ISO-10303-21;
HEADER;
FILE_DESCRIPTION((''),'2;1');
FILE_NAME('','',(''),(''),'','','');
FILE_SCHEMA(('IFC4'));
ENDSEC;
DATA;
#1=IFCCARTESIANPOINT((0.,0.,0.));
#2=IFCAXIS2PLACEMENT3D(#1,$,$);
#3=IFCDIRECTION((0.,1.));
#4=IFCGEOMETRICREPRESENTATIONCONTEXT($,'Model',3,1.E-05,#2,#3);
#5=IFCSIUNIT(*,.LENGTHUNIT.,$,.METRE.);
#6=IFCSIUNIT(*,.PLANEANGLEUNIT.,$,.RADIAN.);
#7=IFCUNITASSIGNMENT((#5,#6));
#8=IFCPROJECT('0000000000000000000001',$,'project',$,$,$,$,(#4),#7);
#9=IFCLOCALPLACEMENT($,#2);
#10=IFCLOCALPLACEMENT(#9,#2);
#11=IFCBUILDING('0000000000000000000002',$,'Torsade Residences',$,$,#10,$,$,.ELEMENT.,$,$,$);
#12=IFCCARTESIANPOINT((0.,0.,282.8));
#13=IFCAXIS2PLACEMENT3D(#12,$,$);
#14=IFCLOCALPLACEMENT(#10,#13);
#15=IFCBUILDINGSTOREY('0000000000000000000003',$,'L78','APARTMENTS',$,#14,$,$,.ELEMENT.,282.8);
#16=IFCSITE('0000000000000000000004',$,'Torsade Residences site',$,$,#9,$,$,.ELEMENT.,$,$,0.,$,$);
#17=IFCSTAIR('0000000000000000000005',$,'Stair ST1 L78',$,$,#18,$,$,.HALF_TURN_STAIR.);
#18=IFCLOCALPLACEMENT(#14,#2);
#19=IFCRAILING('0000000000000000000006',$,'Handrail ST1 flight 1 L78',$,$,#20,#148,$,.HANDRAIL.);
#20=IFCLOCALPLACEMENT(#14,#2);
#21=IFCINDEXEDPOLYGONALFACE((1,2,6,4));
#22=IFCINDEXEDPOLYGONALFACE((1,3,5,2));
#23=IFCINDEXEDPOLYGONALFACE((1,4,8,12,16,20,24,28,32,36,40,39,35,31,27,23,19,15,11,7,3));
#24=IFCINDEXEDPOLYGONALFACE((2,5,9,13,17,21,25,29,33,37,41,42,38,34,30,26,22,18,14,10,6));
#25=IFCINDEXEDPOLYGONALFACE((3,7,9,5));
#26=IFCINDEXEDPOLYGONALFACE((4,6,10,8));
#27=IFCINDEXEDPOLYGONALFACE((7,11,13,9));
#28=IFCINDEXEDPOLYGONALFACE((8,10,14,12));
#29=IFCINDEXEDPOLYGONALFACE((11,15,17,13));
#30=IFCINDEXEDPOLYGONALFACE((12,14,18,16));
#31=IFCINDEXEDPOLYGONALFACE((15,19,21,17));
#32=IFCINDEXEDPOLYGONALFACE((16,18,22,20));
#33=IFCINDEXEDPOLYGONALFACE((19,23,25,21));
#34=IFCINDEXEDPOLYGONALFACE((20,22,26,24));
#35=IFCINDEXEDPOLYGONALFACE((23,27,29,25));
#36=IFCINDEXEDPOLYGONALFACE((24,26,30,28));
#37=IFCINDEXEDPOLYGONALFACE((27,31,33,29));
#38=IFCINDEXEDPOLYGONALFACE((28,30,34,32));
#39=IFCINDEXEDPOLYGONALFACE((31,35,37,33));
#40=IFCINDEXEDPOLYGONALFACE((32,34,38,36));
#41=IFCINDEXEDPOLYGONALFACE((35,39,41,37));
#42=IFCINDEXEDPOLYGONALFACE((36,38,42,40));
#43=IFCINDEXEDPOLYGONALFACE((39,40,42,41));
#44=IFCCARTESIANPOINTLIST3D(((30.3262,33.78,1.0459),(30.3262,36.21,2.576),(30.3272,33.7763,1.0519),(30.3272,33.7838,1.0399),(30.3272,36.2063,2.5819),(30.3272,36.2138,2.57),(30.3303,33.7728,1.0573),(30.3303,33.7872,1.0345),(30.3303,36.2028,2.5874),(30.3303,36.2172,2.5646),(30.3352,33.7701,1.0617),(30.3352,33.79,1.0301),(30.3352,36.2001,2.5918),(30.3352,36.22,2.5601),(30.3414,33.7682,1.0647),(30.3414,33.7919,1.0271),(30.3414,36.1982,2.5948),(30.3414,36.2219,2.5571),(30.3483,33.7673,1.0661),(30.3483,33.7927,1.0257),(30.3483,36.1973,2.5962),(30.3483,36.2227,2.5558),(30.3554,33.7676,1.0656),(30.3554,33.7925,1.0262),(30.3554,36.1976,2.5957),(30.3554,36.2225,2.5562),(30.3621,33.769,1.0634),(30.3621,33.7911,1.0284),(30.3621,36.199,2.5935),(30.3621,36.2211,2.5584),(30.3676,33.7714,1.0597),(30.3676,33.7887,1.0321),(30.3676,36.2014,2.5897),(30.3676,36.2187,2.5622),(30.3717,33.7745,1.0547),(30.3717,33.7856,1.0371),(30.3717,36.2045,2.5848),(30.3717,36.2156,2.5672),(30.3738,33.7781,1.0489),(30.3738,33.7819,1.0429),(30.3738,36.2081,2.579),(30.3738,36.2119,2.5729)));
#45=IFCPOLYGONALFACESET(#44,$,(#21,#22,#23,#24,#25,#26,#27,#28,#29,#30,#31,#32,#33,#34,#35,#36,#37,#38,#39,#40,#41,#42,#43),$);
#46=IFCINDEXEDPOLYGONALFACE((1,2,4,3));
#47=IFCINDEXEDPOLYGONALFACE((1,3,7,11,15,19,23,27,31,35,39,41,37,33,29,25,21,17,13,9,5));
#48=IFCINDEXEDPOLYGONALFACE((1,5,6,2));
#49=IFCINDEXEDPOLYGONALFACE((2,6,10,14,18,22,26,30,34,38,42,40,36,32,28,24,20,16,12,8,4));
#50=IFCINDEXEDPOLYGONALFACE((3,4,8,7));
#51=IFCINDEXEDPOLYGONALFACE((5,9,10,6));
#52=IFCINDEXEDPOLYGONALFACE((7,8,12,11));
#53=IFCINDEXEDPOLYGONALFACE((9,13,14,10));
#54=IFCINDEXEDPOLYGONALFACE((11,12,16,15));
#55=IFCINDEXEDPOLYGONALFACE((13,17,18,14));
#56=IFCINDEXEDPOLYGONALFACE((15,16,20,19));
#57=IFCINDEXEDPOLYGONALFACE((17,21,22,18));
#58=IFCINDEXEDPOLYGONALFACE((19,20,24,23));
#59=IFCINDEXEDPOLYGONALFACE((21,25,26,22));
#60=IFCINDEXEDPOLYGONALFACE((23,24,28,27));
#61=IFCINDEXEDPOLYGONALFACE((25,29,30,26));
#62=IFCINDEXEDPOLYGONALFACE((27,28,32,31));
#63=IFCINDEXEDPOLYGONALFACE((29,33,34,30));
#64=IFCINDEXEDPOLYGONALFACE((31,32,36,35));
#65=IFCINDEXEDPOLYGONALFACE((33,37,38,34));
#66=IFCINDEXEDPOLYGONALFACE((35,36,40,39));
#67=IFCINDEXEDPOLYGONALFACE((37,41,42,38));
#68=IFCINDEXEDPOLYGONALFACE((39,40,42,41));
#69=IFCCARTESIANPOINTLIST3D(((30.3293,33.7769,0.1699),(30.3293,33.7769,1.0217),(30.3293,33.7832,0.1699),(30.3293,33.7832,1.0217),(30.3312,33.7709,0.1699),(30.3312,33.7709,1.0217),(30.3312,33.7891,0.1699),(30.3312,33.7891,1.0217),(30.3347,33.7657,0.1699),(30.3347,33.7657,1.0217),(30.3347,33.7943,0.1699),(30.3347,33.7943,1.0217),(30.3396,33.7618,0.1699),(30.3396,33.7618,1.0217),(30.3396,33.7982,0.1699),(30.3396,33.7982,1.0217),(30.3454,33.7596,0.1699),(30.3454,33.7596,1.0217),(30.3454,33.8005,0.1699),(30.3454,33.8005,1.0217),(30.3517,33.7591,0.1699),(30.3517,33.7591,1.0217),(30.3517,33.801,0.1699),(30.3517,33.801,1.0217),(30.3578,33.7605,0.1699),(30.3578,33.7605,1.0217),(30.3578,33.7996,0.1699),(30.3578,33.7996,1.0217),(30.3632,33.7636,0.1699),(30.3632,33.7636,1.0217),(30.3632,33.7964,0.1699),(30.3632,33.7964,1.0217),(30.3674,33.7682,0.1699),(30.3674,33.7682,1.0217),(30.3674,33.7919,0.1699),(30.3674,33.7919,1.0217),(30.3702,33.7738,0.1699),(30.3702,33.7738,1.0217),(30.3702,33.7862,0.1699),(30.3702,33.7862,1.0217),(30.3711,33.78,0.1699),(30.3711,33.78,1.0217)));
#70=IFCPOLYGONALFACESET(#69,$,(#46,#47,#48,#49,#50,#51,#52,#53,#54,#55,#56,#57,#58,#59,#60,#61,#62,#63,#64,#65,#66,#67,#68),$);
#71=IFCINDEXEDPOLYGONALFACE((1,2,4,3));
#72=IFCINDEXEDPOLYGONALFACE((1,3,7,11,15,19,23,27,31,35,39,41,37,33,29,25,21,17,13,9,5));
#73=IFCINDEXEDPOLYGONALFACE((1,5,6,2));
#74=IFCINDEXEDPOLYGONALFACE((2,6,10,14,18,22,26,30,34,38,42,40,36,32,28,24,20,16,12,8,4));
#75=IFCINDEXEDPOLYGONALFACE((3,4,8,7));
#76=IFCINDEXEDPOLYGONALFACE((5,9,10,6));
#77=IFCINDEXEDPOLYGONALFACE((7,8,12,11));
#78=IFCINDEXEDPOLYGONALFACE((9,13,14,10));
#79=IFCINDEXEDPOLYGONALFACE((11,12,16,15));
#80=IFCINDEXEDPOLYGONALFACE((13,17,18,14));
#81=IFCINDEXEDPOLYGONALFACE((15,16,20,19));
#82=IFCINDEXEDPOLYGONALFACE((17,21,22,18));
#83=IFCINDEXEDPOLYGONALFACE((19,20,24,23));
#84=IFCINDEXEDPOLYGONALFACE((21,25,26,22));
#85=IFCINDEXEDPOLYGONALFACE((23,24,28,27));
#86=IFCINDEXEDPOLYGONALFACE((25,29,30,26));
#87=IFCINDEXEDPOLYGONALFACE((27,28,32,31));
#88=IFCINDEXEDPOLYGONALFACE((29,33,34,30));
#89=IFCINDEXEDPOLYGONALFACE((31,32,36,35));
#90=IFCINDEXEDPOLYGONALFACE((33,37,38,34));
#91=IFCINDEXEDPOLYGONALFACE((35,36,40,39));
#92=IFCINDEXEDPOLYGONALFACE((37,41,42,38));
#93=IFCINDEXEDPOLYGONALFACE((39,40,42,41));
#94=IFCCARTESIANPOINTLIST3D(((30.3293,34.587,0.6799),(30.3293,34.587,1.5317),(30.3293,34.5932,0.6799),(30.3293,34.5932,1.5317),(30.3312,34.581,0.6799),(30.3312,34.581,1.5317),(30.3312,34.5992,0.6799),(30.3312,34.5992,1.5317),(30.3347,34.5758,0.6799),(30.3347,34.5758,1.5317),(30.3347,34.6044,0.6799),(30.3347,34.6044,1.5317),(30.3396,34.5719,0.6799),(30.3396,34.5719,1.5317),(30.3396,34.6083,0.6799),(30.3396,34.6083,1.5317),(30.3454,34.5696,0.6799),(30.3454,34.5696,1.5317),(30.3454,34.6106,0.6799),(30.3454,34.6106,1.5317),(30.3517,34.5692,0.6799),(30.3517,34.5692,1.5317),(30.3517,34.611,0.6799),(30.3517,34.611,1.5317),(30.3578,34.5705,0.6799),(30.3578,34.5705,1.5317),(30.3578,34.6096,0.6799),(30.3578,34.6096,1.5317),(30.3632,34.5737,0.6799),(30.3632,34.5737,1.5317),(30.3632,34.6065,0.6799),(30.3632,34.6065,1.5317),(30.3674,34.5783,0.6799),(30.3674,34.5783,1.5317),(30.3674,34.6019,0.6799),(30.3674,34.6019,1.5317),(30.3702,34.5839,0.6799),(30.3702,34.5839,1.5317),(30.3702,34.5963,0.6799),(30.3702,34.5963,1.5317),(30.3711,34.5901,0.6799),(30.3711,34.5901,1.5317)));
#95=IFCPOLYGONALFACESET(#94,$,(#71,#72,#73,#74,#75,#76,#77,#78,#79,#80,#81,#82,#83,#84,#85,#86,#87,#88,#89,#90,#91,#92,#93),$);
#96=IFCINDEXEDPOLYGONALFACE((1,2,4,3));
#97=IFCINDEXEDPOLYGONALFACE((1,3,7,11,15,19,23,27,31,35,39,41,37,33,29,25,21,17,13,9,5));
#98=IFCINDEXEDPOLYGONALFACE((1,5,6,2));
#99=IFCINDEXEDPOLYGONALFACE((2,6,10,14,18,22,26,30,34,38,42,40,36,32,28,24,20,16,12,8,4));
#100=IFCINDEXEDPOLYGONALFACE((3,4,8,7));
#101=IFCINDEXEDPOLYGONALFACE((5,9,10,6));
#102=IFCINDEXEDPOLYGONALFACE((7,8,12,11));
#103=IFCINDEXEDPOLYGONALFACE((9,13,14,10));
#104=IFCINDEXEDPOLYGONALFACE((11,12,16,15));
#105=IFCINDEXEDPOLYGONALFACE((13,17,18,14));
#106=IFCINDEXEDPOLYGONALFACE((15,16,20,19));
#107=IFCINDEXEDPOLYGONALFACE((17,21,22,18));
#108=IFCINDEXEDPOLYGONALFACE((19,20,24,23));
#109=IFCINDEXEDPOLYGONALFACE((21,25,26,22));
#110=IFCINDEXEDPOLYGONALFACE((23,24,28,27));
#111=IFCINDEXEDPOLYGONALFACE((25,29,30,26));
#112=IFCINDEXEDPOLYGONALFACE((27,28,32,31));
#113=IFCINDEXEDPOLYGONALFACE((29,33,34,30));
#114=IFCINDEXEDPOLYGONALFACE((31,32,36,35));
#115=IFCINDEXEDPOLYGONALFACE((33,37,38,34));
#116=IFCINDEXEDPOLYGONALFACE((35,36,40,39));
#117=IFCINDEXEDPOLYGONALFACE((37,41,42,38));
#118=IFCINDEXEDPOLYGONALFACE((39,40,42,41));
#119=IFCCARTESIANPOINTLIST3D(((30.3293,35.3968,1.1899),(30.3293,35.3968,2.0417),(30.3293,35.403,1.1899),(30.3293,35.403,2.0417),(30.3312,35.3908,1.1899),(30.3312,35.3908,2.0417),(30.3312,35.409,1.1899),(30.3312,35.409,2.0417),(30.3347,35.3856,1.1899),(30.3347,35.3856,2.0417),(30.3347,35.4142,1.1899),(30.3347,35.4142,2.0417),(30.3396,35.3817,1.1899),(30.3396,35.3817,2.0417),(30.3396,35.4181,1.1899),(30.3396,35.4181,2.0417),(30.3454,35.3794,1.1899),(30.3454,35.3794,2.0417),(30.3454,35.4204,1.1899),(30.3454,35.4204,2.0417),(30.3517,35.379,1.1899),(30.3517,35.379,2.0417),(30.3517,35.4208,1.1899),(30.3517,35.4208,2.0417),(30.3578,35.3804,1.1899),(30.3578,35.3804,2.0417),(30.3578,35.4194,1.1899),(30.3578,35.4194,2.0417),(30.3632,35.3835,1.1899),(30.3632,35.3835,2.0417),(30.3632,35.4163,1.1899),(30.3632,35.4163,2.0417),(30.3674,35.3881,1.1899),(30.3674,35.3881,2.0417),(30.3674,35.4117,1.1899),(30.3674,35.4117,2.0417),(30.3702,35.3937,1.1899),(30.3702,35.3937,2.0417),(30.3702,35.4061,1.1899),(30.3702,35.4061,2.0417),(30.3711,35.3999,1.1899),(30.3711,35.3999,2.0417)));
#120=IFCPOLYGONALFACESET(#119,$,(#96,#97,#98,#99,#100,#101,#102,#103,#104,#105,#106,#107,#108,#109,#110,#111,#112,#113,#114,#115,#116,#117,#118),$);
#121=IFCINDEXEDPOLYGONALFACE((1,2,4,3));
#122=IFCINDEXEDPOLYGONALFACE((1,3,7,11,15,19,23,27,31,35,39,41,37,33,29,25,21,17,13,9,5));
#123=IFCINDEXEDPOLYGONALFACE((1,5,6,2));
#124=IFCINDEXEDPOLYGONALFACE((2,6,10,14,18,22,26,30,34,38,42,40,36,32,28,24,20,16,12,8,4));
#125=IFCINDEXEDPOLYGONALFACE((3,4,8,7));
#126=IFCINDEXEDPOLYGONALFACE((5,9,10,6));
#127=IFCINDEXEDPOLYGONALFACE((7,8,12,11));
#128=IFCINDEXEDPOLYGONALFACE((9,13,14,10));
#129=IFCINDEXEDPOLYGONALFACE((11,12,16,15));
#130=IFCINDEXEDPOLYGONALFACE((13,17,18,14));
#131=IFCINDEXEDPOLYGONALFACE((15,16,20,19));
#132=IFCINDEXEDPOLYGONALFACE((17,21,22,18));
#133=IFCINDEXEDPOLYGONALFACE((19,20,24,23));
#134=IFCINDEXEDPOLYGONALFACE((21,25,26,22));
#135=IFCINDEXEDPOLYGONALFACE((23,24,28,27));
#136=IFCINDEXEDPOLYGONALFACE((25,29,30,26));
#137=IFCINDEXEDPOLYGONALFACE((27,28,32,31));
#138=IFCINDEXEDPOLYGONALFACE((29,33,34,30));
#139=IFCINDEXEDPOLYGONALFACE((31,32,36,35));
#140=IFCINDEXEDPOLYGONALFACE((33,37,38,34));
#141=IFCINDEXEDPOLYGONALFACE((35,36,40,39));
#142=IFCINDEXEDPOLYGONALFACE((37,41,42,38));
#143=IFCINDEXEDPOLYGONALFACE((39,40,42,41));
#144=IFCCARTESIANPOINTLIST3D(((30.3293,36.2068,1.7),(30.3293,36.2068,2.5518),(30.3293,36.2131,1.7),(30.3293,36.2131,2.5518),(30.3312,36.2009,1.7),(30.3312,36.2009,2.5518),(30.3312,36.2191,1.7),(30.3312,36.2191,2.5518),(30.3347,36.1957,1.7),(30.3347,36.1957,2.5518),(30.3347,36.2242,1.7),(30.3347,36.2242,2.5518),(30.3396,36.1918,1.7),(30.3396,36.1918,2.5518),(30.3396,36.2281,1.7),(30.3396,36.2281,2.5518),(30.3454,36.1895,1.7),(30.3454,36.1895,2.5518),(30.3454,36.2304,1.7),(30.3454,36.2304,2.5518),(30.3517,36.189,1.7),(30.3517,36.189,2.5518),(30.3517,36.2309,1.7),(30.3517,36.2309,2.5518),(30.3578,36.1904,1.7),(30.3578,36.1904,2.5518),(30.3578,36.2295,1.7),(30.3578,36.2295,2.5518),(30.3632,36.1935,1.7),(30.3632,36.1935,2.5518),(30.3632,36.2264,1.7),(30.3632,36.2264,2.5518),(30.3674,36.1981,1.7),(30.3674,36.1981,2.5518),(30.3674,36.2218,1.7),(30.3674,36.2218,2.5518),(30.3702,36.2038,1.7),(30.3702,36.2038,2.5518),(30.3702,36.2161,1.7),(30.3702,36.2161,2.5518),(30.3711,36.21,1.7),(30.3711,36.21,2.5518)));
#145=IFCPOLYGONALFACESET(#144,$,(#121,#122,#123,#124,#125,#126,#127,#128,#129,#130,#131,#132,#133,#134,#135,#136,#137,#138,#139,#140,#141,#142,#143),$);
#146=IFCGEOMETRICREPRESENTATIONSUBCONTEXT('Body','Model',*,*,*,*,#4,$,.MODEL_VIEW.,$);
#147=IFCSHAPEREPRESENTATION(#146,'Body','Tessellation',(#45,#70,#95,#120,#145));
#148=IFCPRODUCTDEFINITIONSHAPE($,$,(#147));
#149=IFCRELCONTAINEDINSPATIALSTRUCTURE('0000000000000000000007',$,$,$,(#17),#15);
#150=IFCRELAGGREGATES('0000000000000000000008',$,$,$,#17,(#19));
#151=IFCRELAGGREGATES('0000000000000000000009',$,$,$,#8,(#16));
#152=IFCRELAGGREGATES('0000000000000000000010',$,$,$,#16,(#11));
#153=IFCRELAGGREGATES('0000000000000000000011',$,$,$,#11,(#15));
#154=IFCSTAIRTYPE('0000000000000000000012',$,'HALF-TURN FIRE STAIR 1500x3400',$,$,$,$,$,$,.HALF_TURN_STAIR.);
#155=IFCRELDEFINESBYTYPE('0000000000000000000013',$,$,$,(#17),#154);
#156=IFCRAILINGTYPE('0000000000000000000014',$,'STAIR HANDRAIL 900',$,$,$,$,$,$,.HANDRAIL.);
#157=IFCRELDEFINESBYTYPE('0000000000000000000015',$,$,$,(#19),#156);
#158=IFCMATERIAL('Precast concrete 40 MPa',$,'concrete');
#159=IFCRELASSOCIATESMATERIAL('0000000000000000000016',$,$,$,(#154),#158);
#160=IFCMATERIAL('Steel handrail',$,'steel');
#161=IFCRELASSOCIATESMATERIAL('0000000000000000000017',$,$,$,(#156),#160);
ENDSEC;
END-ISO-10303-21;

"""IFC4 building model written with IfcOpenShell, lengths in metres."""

from ifc_helpers import new_model, si_unit, direction, frame, origin, origin_2d, place, context, subcontext, project, spatial, circle, extrude, material, type_object, element, aggregate, save


model = new_model("IFC4")

# Units and contexts
model_context = context("Model", 3, precision=1e-05, world=origin(), true_north=direction((0.0, 1.0)))
body_context = subcontext(model_context, "Body", "Model", "MODEL_VIEW")
ifc_project = project(units=[si_unit("LENGTHUNIT", "METRE"), si_unit("PLANEANGLEUNIT", "RADIAN")], contexts=[model_context])

# Site, building, storey
site_placement = place(None, origin())
site = spatial("IfcSite", under=ifc_project, at=site_placement, Name="Torsade Residences site", CompositionType="ELEMENT", RefElevation=0.0)
building_placement = place(site_placement, origin())
building = spatial("IfcBuilding", under=site, at=building_placement, Name="Torsade Residences", CompositionType="ELEMENT")
storey_placement = place(building_placement, frame((0.0, 0.0, 282.8)))
storey = spatial("IfcBuildingStorey", under=building, at=storey_placement, Name="L78", Description="APARTMENTS", CompositionType="ELEMENT", Elevation=282.8)

# Stair, railing
ifc_material_1 = material(Name="Precast concrete 40 MPa", Category="concrete")
stair_type = type_object("IfcStairType", Name="HALF-TURN FIRE STAIR 1500x3400", PredefinedType="HALF_TURN_STAIR", material=ifc_material_1)
stair_placement = place(storey_placement, origin())
stair = element("IfcStair", 1, at=stair_placement, inside=storey, type_object=stair_type, Name="Stair ST1 L78", PredefinedType="HALF_TURN_STAIR")
ifc_material_2 = material(Name="Steel handrail", Category="steel")
railing_type = type_object("IfcRailingType", Name="STAIR HANDRAIL 900", PredefinedType="HANDRAIL", material=ifc_material_2)
railing_1_placement = place(storey_placement, frame((30.3501, 33.78, 0.1699)))
railing_1 = element("IfcRailing", 2, at=railing_1_placement, type_object=railing_type, Name="Handrail ST1 flight 1 L78", PredefinedType="HANDRAIL", context=body_context, shape_type="SweptSolid", body=[
    extrude(circle(Radius=0.0239, at=origin_2d()), frame((0.0, 0.0, 0.876), z_axis=(0.0, 0.846221, 0.532831), x_axis=(-1.0, 0.0, 0.0)), (0.0, 0.0, 1.0), 2.8716),
    extrude(circle(Radius=0.021, at=origin_2d()), origin(), (0.0, 0.0, 1.0), 0.8518),
    extrude(circle(Radius=0.021, at=origin_2d()), frame((0.0, 0.8101, 0.51)), (0.0, 0.0, 1.0), 0.8518),
    extrude(circle(Radius=0.021, at=origin_2d()), frame((0.0, 1.6199, 1.02)), (0.0, 0.0, 1.0), 0.8518),
    extrude(circle(Radius=0.021, at=origin_2d()), frame((0.0, 2.4299, 1.53)), (0.0, 0.0, 1.0), 0.8518),
])
aggregate(stair, [railing_1])

save(model, "model.ifc")
